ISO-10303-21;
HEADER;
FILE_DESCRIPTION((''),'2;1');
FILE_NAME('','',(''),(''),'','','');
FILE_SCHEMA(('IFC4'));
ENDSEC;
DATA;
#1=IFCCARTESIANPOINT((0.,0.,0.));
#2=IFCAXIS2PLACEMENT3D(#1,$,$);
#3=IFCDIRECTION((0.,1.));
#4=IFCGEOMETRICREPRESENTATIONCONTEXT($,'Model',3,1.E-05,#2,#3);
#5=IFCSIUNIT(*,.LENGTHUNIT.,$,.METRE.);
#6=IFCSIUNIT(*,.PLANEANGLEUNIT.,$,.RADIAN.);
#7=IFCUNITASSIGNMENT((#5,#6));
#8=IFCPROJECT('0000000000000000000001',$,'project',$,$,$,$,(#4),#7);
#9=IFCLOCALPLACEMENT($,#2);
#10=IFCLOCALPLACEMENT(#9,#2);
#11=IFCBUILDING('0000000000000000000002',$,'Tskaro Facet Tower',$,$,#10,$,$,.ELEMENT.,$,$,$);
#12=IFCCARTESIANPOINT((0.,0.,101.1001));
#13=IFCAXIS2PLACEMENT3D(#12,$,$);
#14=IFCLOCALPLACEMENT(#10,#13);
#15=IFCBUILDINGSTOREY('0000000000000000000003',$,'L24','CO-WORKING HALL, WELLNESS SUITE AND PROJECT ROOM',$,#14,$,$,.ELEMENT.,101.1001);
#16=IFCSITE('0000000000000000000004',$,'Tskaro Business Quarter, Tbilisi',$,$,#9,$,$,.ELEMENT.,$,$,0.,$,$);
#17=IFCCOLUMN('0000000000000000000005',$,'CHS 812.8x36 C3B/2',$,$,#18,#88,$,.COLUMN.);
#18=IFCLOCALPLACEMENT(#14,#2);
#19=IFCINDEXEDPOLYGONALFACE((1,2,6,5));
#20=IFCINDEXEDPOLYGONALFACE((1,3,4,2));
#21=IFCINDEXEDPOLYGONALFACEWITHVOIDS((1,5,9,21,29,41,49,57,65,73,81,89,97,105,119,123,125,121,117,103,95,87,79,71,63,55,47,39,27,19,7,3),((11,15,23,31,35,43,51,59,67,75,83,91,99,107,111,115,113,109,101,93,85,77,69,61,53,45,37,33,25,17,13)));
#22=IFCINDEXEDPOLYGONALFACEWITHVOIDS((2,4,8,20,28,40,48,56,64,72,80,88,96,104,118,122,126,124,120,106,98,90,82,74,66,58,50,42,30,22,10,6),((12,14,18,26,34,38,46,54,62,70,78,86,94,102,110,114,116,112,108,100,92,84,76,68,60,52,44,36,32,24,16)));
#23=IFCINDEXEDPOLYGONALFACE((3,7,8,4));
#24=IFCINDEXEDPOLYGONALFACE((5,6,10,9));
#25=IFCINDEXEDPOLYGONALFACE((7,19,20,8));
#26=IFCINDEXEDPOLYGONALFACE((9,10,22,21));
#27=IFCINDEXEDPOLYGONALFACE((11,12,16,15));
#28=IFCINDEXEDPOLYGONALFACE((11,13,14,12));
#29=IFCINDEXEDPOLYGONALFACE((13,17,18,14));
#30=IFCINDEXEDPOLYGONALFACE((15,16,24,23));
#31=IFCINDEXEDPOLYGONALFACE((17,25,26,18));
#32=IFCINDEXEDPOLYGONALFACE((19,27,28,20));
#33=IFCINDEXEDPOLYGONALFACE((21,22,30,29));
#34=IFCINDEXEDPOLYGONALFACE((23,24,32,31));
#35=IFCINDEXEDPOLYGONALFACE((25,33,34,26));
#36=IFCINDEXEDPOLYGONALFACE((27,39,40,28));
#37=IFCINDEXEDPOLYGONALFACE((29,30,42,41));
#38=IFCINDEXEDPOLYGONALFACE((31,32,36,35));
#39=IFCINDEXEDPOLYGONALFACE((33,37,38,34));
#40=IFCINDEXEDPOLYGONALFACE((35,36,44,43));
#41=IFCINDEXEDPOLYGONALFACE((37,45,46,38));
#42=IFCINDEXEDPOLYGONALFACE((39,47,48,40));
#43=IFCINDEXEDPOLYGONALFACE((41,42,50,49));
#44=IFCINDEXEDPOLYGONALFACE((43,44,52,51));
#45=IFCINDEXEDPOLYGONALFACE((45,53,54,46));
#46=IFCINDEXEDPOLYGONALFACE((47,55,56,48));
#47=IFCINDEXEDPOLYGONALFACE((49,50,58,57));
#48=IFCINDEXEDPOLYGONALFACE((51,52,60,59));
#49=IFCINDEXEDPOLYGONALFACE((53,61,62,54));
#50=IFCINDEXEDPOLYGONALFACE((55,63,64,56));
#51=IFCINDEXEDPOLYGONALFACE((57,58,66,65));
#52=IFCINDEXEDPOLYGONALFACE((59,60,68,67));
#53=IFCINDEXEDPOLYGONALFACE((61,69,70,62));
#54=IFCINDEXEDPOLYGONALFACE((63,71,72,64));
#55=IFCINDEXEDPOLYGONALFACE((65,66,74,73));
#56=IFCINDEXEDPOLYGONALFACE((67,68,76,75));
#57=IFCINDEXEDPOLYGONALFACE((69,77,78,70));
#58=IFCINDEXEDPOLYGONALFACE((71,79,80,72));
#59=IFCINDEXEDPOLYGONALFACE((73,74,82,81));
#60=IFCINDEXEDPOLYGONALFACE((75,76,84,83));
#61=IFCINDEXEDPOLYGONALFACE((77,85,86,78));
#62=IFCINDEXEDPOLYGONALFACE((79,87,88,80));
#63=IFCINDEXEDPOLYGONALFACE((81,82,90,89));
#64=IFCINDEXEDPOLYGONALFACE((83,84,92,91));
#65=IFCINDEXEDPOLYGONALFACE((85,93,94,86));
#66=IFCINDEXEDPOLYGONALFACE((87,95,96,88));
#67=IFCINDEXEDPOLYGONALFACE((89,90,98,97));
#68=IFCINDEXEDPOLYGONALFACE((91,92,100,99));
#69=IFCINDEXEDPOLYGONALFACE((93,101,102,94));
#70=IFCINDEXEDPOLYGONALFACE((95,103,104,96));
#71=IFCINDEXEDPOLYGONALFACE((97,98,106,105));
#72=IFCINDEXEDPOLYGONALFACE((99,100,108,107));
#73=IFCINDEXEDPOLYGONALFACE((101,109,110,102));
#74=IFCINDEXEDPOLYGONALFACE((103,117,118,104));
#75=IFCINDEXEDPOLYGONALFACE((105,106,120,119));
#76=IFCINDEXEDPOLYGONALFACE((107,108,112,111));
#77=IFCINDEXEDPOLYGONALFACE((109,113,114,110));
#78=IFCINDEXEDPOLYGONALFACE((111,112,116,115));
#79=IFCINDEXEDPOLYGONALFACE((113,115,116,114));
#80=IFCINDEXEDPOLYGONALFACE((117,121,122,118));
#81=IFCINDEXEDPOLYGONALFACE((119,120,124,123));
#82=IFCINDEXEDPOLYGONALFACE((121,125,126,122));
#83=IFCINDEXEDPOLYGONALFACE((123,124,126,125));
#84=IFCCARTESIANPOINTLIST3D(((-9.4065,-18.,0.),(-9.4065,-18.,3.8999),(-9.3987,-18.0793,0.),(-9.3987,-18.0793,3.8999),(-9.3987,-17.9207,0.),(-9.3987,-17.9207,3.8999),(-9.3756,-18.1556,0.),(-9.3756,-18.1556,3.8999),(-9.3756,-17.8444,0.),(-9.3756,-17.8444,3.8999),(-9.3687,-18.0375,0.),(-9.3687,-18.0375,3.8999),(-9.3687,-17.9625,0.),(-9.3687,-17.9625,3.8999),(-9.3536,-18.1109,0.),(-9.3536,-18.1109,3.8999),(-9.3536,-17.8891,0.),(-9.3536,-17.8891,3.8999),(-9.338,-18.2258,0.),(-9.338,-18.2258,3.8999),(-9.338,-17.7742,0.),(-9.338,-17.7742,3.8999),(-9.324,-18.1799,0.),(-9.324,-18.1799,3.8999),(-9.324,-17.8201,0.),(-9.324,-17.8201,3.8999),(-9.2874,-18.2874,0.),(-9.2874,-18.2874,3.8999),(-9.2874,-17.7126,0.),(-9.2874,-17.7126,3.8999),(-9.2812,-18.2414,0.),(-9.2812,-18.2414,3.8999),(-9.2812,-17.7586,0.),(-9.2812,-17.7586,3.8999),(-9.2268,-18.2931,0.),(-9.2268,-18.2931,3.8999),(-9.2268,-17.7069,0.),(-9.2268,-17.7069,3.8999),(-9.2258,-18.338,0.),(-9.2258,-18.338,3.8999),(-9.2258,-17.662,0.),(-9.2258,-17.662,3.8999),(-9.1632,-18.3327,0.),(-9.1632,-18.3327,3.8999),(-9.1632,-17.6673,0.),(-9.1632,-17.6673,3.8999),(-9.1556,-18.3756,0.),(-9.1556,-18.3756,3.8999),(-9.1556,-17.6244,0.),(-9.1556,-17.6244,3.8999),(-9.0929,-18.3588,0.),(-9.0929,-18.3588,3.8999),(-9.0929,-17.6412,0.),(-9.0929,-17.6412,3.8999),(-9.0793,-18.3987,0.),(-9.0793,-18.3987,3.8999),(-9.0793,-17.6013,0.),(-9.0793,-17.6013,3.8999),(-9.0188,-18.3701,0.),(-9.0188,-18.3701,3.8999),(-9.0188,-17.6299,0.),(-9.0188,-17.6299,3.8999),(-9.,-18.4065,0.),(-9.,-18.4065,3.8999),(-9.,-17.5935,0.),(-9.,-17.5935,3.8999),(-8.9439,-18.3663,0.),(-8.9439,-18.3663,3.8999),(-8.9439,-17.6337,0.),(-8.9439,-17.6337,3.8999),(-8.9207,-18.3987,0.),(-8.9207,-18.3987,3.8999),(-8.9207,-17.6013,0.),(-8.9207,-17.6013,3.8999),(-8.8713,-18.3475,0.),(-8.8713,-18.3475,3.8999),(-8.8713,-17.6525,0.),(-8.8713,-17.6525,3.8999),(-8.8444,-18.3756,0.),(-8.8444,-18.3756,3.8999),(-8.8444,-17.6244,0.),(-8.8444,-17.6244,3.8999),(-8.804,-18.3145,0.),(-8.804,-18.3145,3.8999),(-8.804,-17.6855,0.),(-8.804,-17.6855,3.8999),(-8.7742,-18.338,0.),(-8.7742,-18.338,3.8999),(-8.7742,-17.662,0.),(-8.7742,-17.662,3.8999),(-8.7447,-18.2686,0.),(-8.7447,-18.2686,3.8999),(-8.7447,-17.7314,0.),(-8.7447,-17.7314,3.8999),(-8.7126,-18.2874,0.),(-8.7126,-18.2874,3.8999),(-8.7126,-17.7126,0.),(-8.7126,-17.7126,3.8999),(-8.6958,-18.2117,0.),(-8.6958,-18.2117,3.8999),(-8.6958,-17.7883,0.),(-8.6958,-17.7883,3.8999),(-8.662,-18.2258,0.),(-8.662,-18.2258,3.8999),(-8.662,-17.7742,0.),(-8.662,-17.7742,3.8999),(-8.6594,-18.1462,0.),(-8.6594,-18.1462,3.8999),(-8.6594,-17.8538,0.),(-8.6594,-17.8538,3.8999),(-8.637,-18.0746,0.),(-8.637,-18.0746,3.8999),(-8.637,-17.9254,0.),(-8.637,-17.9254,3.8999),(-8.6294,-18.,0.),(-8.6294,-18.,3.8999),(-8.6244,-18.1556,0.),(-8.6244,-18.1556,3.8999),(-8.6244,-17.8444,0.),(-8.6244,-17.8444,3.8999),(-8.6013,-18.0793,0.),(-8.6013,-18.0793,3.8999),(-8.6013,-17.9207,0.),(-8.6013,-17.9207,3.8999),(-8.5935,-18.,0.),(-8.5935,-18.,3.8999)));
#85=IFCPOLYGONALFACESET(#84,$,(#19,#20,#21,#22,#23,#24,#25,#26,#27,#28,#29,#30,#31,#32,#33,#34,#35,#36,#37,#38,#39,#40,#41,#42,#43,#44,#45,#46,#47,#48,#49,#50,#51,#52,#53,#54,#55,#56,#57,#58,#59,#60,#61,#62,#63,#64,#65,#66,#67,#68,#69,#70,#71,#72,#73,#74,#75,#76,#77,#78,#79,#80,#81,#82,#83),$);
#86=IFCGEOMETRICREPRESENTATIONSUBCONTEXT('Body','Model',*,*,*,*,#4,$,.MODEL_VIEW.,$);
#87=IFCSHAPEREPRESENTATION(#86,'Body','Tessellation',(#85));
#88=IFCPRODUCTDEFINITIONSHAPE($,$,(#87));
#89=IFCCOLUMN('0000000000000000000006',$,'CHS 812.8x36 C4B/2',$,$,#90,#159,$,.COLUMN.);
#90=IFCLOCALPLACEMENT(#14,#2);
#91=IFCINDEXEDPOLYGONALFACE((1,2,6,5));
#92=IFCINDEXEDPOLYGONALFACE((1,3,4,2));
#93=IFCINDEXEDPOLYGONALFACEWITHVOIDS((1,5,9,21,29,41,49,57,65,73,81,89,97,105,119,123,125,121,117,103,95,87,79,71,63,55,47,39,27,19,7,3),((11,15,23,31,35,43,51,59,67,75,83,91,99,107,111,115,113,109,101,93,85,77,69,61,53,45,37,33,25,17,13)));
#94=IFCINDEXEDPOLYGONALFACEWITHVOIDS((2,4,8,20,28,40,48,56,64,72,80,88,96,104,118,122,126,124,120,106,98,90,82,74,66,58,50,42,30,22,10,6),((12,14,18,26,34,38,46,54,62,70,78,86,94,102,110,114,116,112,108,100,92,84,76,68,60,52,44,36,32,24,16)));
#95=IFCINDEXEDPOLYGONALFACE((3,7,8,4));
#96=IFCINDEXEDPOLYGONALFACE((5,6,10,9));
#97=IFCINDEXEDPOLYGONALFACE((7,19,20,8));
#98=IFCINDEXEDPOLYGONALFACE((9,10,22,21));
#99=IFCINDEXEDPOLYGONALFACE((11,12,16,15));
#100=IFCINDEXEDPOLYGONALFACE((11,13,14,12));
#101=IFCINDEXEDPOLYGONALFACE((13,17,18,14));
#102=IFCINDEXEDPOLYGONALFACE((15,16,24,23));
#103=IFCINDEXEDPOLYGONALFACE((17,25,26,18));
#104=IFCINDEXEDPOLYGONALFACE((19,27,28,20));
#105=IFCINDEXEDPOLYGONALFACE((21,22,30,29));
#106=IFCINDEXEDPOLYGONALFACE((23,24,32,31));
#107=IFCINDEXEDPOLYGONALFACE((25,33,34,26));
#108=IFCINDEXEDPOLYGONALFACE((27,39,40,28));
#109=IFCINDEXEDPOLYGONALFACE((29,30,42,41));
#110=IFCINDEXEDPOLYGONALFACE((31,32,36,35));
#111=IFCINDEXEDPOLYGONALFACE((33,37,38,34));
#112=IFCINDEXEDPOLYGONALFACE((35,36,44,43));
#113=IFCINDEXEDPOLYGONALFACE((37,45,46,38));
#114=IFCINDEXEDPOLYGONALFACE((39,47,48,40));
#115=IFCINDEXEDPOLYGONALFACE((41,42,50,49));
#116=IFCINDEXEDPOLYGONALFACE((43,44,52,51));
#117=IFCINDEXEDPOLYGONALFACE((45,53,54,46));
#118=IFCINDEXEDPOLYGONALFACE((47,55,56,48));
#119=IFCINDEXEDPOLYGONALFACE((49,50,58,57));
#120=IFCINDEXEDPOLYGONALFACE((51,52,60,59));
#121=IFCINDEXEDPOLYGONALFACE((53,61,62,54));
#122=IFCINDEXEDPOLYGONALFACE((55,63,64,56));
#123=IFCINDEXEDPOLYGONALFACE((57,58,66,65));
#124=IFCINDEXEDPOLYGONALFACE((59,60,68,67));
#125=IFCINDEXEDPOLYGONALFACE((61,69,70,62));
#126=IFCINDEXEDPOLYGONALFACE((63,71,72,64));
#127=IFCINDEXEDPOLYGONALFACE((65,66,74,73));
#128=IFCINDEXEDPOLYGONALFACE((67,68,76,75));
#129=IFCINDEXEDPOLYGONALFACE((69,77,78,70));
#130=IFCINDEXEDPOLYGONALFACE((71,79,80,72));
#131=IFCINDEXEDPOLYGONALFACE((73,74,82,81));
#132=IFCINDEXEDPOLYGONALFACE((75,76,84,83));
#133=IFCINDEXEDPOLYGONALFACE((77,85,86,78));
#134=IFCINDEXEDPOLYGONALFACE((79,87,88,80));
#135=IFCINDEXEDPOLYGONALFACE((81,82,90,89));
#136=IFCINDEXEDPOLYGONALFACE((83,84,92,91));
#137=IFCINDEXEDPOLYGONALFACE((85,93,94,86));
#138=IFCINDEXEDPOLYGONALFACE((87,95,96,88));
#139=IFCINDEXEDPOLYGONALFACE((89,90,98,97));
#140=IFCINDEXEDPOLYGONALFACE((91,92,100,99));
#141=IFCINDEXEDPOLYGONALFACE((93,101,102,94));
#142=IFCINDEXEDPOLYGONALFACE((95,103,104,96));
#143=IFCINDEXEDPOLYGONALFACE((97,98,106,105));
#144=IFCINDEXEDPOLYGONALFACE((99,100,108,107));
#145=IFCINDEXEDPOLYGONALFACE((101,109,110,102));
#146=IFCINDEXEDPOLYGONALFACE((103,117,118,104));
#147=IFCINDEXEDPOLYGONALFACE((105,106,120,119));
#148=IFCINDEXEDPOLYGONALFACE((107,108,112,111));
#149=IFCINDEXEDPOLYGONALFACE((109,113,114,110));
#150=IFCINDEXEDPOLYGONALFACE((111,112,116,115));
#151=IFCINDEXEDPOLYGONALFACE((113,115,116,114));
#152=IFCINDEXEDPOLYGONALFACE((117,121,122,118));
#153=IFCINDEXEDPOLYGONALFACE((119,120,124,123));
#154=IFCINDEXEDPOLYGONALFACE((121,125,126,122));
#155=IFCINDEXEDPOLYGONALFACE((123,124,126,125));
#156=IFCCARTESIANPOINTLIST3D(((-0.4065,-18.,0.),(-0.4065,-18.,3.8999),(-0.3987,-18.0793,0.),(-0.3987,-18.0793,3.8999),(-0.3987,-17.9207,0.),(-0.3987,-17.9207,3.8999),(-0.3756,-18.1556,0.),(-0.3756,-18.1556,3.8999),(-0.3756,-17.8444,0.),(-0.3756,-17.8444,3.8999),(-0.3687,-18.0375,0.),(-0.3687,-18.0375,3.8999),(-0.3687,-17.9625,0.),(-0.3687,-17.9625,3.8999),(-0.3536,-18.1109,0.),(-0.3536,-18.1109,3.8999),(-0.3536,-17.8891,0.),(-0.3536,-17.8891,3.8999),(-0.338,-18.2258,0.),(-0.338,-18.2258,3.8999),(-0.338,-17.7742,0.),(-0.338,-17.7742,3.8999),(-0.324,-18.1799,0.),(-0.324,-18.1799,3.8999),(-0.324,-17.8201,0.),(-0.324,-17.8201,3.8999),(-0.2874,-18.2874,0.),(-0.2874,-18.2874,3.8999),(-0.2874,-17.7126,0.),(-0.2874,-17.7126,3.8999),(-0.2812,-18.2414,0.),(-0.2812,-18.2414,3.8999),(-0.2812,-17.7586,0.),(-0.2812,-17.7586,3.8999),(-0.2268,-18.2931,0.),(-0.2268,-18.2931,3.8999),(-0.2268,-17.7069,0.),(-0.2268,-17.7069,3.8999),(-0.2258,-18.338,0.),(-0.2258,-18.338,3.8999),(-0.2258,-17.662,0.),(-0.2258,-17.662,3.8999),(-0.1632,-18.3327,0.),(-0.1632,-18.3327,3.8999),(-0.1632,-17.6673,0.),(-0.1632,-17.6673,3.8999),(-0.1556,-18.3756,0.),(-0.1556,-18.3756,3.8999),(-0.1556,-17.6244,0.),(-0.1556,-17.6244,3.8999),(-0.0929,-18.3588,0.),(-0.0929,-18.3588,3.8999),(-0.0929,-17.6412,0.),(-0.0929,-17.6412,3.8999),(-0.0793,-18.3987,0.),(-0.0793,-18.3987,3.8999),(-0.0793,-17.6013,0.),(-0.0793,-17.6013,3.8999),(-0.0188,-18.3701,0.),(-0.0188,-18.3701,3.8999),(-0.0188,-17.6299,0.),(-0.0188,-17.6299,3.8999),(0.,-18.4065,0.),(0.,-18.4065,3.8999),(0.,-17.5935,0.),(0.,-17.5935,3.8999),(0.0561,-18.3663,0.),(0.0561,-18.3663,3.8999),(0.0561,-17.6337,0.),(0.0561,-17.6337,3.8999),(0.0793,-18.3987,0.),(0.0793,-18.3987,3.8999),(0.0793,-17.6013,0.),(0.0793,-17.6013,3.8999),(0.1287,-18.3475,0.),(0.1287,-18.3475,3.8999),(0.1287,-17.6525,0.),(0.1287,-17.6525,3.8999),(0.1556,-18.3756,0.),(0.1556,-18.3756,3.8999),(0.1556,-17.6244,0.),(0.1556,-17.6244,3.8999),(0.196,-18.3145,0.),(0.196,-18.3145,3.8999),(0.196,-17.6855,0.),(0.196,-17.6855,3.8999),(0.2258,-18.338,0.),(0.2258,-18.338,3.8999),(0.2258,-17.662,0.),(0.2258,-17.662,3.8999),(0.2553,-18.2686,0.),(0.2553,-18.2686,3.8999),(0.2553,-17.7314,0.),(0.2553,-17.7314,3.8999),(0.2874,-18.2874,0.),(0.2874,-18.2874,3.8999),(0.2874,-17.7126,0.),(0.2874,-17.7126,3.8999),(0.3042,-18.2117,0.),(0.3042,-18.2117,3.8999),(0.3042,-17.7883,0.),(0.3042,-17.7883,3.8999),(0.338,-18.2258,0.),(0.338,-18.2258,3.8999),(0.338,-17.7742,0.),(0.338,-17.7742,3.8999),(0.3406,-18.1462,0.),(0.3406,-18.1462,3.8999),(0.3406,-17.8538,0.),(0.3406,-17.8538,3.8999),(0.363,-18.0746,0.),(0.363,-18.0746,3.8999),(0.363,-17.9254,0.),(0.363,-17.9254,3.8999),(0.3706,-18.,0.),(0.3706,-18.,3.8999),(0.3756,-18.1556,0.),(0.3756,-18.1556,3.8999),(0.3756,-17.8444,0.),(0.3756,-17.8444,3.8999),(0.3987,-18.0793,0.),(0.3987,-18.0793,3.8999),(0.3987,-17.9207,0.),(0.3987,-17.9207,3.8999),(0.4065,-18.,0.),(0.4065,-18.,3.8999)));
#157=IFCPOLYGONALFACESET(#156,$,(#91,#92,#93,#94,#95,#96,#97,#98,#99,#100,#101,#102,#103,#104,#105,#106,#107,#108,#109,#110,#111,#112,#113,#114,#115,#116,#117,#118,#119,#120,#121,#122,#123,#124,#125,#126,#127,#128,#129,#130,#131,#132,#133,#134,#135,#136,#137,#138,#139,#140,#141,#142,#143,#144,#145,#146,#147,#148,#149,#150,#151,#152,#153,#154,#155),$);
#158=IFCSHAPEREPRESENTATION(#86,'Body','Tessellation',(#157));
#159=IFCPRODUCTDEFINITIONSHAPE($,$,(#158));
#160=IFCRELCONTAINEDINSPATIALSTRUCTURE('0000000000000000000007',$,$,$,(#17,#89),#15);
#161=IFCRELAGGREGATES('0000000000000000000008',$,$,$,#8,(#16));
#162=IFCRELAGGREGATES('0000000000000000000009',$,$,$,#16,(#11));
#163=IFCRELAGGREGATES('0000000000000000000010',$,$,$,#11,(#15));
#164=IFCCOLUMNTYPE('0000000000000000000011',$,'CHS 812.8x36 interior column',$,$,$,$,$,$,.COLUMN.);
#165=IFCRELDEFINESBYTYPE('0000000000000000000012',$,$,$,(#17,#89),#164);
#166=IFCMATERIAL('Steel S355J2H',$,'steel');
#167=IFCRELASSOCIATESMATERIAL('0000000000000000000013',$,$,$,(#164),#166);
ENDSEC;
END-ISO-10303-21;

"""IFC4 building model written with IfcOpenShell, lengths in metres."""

from ifc_helpers import new_model, si_unit, direction, frame, origin, origin_2d, place, context, subcontext, project, spatial, hollow_circle, extrude, material, material_profile, profile_set, type_object, element, save


model = new_model("IFC4")

# Units and contexts
model_context = context("Model", 3, precision=1e-05, world=origin(), true_north=direction((0.0, 1.0)))
body_context = subcontext(model_context, "Body", "Model", "MODEL_VIEW")
ifc_project = project(units=[si_unit("LENGTHUNIT", "METRE"), si_unit("PLANEANGLEUNIT", "RADIAN")], contexts=[model_context])

# Site, building, storey
site_placement = place(None, origin())
site = spatial("IfcSite", under=ifc_project, at=site_placement, Name="Tskaro Business Quarter, Tbilisi", CompositionType="ELEMENT", RefElevation=0.0)
building_placement = place(site_placement, origin())
building = spatial("IfcBuilding", under=site, at=building_placement, Name="Tskaro Facet Tower", CompositionType="ELEMENT")
storey_placement = place(building_placement, frame((0.0, 0.0, 101.1001)))
storey = spatial("IfcBuildingStorey", under=building, at=storey_placement, Name="L24", Description="CO-WORKING HALL, WELLNESS SUITE AND PROJECT ROOM", CompositionType="ELEMENT", Elevation=101.1001)

# Columns
ifc_material_1 = material(Name="Steel S355J2H", Category="steel")
ifc_material_profile_1 = material_profile(ifc_material_1, hollow_circle(Radius=0.4065, WallThickness=0.0359, at=origin_2d()), Name="CHS 812.8x36")
ifc_profile_set_1 = profile_set([ifc_material_profile_1], Name="Steel S355J2H")
column_type_1 = type_object("IfcColumnType", Name="CHS 812.8x36 interior column", PredefinedType="COLUMN", material=ifc_profile_set_1)
for number, where, z_axis, x_axis, name in (
    (1, (-9.0, -18.0, 0.0), (0.0, 0.0, 1.0), (1.0, 0.0, 0.0), "CHS 812.8x36 C3B/2"),
    (2, (0.0, -18.0, 0.0), (0.0, 0.0, 1.0), (1.0, 0.0, 0.0), "CHS 812.8x36 C4B/2"),
):
    element("IfcColumn", number, at=place(storey_placement, frame(where, z_axis=z_axis, x_axis=x_axis)), inside=storey, type_object=column_type_1, Name=name, PredefinedType="COLUMN", context=body_context, shape_type="SweptSolid", body=[
        extrude(hollow_circle(Radius=0.4065, WallThickness=0.0359, at=origin_2d()), origin(), (0.0, 0.0, 1.0), 3.8999),
    ])

save(model, "model.ifc")
